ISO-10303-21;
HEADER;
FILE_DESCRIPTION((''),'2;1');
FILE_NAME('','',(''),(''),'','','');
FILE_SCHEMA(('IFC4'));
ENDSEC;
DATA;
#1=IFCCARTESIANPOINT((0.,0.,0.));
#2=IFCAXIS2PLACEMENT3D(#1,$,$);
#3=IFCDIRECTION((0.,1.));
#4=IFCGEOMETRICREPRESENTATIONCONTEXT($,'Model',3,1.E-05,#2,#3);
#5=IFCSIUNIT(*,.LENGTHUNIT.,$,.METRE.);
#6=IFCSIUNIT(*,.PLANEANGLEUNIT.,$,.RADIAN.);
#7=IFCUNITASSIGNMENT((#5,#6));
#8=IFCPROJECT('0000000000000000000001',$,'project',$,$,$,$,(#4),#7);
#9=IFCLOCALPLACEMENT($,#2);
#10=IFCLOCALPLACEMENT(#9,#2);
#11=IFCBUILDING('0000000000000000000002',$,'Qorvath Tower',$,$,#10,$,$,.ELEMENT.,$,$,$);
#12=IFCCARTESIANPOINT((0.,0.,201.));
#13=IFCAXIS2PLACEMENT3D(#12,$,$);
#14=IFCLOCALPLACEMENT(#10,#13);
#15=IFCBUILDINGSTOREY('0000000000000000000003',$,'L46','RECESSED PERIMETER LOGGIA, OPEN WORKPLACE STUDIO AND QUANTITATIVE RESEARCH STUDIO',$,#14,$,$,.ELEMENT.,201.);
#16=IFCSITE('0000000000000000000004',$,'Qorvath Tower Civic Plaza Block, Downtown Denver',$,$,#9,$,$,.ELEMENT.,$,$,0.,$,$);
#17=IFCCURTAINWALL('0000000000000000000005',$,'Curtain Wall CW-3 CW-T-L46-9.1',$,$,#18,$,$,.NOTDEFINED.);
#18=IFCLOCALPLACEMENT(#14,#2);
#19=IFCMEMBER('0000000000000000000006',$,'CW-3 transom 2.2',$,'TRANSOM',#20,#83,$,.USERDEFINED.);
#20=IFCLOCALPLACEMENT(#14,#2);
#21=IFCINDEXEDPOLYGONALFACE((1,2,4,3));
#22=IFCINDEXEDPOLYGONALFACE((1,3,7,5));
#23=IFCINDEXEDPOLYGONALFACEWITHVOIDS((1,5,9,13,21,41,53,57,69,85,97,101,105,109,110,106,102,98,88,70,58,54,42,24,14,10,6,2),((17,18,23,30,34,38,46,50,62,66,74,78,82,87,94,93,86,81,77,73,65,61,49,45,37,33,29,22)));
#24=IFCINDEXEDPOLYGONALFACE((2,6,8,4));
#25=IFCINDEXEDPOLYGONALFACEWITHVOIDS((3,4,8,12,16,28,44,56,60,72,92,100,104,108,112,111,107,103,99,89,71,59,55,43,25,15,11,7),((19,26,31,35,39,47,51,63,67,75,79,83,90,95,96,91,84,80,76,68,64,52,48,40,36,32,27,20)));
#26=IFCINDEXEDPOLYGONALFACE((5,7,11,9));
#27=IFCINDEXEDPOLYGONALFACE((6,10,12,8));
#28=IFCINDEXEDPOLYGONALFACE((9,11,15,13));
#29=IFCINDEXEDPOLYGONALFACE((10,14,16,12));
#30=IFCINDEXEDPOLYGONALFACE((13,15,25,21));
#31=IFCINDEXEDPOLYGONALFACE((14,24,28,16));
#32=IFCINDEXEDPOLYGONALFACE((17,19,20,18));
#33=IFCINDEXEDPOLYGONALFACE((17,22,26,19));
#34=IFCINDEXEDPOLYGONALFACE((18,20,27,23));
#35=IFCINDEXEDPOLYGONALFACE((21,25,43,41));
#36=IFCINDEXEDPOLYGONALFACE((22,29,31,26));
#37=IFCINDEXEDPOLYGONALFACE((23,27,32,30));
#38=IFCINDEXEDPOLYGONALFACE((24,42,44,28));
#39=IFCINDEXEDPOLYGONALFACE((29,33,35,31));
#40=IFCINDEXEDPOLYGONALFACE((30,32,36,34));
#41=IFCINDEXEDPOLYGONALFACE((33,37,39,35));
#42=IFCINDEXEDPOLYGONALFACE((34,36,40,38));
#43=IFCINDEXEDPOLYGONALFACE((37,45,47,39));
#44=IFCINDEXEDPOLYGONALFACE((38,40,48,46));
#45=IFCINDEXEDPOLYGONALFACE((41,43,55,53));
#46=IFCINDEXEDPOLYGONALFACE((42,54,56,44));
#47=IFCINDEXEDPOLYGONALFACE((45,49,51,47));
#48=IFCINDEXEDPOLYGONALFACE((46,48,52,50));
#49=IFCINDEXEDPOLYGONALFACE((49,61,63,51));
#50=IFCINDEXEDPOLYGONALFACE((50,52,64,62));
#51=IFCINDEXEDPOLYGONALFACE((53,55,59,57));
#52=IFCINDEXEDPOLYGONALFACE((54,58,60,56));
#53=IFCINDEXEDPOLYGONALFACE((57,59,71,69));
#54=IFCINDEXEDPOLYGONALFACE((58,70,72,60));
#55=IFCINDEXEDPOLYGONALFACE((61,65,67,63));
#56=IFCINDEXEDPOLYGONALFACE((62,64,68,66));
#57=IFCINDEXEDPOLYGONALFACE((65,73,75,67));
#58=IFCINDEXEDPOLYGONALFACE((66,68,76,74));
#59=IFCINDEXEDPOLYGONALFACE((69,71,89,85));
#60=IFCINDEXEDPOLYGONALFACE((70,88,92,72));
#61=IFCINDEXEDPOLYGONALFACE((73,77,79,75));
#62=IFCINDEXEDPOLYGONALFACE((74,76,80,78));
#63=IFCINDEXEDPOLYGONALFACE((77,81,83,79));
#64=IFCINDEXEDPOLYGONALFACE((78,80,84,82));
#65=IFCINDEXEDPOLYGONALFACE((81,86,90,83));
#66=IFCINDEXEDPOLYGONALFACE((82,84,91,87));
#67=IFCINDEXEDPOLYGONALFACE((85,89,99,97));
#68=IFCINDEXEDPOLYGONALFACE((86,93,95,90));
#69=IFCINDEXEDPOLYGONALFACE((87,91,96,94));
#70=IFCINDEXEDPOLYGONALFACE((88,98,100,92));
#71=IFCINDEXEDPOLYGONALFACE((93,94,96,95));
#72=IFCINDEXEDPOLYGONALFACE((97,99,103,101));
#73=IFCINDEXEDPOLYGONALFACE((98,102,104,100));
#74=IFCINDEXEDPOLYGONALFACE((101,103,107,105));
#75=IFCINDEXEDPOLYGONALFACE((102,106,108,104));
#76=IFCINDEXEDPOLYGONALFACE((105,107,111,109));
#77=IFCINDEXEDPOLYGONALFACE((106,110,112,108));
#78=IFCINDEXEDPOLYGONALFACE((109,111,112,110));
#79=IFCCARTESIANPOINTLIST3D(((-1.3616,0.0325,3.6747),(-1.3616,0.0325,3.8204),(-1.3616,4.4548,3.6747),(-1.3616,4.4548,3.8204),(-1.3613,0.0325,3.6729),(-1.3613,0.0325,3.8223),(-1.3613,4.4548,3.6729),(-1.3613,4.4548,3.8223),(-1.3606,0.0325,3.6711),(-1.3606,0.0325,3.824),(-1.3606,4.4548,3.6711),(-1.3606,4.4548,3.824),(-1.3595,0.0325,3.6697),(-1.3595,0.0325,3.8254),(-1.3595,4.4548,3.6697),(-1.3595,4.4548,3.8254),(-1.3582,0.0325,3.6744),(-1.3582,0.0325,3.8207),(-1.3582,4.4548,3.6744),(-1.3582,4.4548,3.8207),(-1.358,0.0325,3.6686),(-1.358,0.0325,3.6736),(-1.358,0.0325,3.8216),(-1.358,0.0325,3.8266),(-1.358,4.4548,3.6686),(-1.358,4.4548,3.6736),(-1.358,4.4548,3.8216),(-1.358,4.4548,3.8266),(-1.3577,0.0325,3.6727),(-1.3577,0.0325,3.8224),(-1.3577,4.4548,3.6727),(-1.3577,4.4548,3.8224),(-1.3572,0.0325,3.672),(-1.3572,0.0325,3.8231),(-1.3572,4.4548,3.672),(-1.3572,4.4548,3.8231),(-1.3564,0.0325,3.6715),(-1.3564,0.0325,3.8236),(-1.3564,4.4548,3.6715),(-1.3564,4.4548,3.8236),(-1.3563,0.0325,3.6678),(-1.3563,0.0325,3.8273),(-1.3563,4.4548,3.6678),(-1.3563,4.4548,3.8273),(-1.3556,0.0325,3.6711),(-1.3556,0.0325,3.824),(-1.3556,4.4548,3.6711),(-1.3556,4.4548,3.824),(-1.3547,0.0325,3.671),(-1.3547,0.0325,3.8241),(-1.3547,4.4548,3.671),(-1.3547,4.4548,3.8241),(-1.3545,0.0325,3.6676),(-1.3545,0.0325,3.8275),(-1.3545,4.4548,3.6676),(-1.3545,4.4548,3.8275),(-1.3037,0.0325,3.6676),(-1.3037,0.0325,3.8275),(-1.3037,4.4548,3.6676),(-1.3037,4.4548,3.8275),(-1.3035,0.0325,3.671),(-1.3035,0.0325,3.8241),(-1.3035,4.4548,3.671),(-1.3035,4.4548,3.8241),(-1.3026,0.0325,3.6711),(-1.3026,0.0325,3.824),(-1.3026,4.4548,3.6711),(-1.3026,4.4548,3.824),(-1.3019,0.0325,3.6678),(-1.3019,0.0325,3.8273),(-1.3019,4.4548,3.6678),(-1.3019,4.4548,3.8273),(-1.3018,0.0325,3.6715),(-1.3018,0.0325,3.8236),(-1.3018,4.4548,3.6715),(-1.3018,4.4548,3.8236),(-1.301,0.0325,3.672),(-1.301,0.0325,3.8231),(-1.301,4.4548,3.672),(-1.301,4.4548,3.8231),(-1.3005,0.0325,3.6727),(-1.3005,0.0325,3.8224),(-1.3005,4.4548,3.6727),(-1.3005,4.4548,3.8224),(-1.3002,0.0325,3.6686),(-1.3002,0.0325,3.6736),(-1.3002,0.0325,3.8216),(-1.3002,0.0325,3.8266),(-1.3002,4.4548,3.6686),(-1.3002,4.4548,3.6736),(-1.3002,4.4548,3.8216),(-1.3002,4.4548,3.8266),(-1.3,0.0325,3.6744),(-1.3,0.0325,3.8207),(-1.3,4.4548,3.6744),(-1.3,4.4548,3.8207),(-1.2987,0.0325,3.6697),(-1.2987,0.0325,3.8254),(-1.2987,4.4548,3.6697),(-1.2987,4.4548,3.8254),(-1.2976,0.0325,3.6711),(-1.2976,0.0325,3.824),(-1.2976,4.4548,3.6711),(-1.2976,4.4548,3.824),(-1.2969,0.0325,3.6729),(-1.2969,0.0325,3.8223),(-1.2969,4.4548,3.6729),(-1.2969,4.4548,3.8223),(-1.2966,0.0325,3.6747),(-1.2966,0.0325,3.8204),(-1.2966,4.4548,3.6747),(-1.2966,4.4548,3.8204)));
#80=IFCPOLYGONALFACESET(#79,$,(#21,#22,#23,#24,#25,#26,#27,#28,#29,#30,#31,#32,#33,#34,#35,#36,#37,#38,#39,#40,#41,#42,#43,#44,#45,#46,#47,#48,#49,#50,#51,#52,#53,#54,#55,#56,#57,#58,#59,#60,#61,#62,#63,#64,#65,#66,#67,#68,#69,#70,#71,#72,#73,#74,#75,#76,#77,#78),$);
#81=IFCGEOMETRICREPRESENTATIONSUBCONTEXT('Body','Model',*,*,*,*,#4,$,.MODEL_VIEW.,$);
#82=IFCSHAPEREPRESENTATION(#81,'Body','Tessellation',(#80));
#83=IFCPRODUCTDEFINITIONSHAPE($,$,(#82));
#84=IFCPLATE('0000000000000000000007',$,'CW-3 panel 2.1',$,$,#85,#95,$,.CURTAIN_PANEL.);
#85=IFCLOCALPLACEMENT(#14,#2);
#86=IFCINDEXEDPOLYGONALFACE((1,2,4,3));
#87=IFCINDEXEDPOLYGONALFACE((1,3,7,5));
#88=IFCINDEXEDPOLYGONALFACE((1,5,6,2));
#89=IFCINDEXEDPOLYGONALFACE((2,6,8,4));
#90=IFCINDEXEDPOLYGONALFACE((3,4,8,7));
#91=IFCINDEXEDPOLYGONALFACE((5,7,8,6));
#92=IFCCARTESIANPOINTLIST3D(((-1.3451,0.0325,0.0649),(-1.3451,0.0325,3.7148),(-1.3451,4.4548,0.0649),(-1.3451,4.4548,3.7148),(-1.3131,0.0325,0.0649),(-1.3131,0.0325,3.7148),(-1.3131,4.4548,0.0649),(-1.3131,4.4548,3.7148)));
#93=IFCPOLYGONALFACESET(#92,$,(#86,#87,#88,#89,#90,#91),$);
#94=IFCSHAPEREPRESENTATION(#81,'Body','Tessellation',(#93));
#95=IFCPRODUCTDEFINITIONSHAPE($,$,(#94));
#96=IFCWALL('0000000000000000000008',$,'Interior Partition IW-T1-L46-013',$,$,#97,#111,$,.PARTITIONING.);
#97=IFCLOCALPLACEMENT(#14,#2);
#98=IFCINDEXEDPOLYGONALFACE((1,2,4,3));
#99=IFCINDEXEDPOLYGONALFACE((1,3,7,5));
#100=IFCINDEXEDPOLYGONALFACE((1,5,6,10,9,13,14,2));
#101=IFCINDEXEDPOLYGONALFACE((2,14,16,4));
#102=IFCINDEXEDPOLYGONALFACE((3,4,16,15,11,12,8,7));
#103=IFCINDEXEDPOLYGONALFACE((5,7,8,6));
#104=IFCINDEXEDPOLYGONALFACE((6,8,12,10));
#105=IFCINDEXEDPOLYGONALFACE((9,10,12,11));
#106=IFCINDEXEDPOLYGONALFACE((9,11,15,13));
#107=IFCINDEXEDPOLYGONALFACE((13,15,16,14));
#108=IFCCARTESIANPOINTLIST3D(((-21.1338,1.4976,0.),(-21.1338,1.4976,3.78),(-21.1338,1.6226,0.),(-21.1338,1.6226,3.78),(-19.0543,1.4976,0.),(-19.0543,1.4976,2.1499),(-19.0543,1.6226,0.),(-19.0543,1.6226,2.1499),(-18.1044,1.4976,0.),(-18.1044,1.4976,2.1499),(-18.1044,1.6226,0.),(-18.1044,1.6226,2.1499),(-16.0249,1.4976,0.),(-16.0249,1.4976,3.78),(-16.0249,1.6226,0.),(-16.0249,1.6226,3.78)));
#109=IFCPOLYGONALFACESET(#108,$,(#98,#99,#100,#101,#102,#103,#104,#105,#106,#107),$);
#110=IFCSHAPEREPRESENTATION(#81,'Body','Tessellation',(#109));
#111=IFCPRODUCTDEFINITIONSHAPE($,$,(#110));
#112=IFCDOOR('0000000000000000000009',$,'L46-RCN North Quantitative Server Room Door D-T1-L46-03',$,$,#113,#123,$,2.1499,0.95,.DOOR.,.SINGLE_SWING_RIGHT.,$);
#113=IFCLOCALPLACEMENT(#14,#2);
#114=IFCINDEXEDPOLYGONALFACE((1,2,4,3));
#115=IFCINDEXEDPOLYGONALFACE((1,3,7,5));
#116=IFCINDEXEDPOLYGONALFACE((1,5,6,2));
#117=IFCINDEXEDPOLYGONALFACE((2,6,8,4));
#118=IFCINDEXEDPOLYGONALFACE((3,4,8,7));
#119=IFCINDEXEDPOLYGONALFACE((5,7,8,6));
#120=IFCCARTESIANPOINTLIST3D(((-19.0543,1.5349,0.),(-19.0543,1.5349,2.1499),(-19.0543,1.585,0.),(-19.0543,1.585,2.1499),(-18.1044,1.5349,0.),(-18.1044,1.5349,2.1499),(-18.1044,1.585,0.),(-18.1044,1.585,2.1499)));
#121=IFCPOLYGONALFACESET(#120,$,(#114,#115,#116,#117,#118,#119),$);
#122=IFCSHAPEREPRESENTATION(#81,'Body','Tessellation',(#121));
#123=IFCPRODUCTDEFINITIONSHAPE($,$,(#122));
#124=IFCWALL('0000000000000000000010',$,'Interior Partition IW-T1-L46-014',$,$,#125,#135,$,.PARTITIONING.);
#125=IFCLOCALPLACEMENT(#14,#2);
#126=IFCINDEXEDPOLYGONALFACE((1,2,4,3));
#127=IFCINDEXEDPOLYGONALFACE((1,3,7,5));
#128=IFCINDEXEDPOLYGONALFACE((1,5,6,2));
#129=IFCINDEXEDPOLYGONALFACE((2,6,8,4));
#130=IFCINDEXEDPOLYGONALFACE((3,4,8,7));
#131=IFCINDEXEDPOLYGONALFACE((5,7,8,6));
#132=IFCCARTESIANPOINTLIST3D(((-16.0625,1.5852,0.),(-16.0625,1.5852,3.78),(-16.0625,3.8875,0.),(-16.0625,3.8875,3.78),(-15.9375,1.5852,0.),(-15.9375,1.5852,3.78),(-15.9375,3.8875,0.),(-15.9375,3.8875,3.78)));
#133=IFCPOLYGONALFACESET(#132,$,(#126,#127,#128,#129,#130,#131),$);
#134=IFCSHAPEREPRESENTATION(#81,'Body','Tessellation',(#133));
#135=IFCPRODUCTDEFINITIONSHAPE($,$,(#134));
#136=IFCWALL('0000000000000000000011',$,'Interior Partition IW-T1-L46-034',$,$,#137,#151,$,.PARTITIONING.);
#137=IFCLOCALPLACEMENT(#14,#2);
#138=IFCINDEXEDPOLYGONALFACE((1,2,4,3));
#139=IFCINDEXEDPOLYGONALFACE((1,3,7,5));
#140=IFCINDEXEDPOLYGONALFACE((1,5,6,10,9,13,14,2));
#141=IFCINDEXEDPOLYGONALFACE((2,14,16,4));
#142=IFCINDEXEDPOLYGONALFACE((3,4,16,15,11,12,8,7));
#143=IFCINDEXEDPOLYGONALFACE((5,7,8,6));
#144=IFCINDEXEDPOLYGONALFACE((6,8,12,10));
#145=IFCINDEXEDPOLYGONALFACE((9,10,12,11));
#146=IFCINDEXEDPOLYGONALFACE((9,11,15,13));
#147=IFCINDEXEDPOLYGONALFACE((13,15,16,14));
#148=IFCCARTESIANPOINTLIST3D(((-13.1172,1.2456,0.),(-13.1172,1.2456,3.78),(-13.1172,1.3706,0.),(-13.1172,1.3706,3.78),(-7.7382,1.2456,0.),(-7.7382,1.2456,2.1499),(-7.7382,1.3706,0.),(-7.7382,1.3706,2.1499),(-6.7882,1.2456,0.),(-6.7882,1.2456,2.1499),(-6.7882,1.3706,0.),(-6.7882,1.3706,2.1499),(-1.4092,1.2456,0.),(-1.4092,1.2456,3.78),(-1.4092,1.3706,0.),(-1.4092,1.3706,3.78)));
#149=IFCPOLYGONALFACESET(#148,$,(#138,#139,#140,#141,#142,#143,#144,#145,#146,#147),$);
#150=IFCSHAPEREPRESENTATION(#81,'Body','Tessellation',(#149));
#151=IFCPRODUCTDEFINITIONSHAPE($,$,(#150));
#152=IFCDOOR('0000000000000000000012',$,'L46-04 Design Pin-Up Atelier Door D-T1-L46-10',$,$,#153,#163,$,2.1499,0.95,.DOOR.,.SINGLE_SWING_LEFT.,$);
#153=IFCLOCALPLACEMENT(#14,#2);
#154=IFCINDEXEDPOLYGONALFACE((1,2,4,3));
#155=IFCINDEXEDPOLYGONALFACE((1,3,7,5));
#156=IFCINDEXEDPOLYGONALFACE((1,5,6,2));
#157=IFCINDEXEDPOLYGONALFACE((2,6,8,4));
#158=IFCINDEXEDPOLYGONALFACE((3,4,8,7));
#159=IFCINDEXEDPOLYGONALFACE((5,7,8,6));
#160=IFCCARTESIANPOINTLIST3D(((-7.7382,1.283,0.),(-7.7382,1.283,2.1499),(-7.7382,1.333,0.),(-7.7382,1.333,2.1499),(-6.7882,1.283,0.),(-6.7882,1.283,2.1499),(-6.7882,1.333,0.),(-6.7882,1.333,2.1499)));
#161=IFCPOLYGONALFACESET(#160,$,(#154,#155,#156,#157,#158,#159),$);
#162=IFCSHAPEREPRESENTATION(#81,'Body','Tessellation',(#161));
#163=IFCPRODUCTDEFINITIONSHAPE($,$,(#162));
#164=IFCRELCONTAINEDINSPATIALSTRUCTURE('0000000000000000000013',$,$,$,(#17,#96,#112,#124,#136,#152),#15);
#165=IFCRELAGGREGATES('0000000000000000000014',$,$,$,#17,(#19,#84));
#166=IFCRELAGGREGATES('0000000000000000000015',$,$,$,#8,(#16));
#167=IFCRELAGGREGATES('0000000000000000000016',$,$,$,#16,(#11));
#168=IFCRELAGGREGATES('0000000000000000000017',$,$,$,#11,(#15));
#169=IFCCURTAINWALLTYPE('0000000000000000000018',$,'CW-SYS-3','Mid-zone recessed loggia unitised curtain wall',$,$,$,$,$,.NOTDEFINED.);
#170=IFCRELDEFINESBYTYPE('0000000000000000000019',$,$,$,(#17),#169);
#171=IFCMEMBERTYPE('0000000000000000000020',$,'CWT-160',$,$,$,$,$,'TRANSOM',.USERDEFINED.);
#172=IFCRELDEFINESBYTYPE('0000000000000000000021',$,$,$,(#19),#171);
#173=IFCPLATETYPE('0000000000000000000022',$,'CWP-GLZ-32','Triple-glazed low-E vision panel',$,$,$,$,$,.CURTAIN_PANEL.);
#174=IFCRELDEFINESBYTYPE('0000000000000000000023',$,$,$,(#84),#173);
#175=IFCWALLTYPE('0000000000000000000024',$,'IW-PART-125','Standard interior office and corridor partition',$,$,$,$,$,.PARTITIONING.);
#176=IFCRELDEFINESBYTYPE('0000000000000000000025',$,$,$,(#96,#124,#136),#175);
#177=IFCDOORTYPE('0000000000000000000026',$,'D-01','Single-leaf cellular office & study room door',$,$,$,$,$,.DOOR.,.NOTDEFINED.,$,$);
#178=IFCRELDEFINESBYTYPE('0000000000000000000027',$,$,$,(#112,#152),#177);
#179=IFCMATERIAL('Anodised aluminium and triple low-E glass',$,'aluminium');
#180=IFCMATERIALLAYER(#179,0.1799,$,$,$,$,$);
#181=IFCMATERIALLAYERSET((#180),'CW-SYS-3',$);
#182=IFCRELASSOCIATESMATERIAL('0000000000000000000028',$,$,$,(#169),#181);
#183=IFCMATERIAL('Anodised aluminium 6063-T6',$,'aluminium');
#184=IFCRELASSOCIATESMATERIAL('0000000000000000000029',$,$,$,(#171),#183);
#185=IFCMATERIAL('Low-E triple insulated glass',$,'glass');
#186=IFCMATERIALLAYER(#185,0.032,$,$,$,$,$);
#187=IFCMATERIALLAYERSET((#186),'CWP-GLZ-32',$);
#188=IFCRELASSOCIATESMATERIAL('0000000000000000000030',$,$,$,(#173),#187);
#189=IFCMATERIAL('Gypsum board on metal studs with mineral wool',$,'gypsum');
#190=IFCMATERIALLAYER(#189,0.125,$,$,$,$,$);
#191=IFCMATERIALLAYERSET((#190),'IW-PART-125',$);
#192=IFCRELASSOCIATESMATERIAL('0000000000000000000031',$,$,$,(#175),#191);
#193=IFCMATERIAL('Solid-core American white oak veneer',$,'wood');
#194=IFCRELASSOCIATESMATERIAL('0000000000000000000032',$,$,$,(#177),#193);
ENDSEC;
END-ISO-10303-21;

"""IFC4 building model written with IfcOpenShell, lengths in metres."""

from ifc_helpers import new_model, si_unit, direction, frame, frame_2d, origin, origin_2d, place, context, subcontext, project, spatial, rectangle, hollow_rectangle, extrude, material, layer, layer_set, material_profile, profile_set, type_object, element, fill, aggregate, save


model = new_model("IFC4")

# Units and contexts
model_context = context("Model", 3, precision=1e-05, world=origin(), true_north=direction((0.0, 1.0)))
body_context = subcontext(model_context, "Body", "Model", "MODEL_VIEW")
ifc_project = project(units=[si_unit("LENGTHUNIT", "METRE"), si_unit("PLANEANGLEUNIT", "RADIAN")], contexts=[model_context])

# Site, building, storey
site_placement = place(None, origin())
site = spatial("IfcSite", under=ifc_project, at=site_placement, Name="Qorvath Tower Civic Plaza Block, Downtown Denver", CompositionType="ELEMENT", RefElevation=0.0)
building_placement = place(site_placement, origin())
building = spatial("IfcBuilding", under=site, at=building_placement, Name="Qorvath Tower", CompositionType="ELEMENT")
storey_placement = place(building_placement, frame((0.0, 0.0, 201.0)))
storey = spatial("IfcBuildingStorey", under=building, at=storey_placement, Name="L46", Description="RECESSED PERIMETER LOGGIA, OPEN WORKPLACE STUDIO AND QUANTITATIVE RESEARCH STUDIO", CompositionType="ELEMENT", Elevation=201.0)

# Curtain wall, member, plate
ifc_material_1 = material(Name="Anodised aluminium and triple low-E glass", Category="aluminium")
ifc_layer_1 = layer(ifc_material_1, 0.1799)
ifc_layer_set_1 = layer_set([ifc_layer_1], Name="CW-SYS-3")
curtain_wall_type = type_object("IfcCurtainWallType", Name="CW-SYS-3", Description="Mid-zone recessed loggia unitised curtain wall", PredefinedType="NOTDEFINED", material=ifc_layer_set_1)
curtain_wall_placement = place(storey_placement, origin())
curtain_wall = element("IfcCurtainWall", 1, at=curtain_wall_placement, inside=storey, type_object=curtain_wall_type, Name="Curtain Wall CW-3 CW-T-L46-9.1", PredefinedType="NOTDEFINED")
ifc_material_2 = material(Name="Anodised aluminium 6063-T6", Category="aluminium")
ifc_material_profile_1 = material_profile(ifc_material_2, hollow_rectangle(XDim=0.0649, YDim=0.1599, WallThickness=0.0034, InnerFilletRadius=0.0034, OuterFilletRadius=0.0071, at=origin_2d()), Name="CWT 160x65")
ifc_profile_set_1 = profile_set([ifc_material_profile_1], Name="Anodised aluminium 6063-T6")
member_type_1 = type_object("IfcMemberType", Name="CWT-160", ElementType="TRANSOM", PredefinedType="USERDEFINED", material=ifc_profile_set_1)
member_1_placement = place(storey_placement, frame((-1.3291, 0.0325, 3.7476), z_axis=(0.0, 1.0, 0.0), x_axis=(-1.0, 0.0, 0.0)))
member_1 = element("IfcMember", 2, at=member_1_placement, type_object=member_type_1, Name="CW-3 transom 2.2", ObjectType="TRANSOM", PredefinedType="USERDEFINED", context=body_context, shape_type="SweptSolid", body=[
    extrude(hollow_rectangle(XDim=0.0649, YDim=0.1599, WallThickness=0.0034, InnerFilletRadius=0.0034, OuterFilletRadius=0.0071, at=origin_2d()), origin(), (0.0, 0.0, 1.0), 4.4224),
])
ifc_material_3 = material(Name="Low-E triple insulated glass", Category="glass")
ifc_layer_2 = layer(ifc_material_3, 0.032)
ifc_layer_set_2 = layer_set([ifc_layer_2], Name="CWP-GLZ-32")
plate_type = type_object("IfcPlateType", Name="CWP-GLZ-32", Description="Triple-glazed low-E vision panel", PredefinedType="CURTAIN_PANEL", material=ifc_layer_set_2)
plate_placement = place(storey_placement, frame((-1.3291, 2.2437, 0.0649), z_axis=(0.0, 0.0, 1.0), x_axis=(0.0, 1.0, 0.0)))
plate = element("IfcPlate", 3, at=plate_placement, type_object=plate_type, Name="CW-3 panel 2.1", PredefinedType="CURTAIN_PANEL", context=body_context, shape_type="SweptSolid", body=[
    extrude(rectangle(XDim=4.4224, YDim=0.032, at=origin_2d()), origin(), (0.0, 0.0, 1.0), 3.6499),
])
aggregate(curtain_wall, [member_1, plate])

# Wall, opening, door
ifc_material_4 = material(Name="Gypsum board on metal studs with mineral wool", Category="gypsum")
ifc_layer_3 = layer(ifc_material_4, 0.125)
ifc_layer_set_3 = layer_set([ifc_layer_3], Name="IW-PART-125")
wall_type_1 = type_object("IfcWallType", Name="IW-PART-125", Description="Standard interior office and corridor partition", PredefinedType="PARTITIONING", material=ifc_layer_set_3)
wall_1_placement = place(storey_placement, frame((-21.1338, 1.5601, 0.0), z_axis=(0.0, 0.0, 1.0), x_axis=(1.0, 0.0, 0.0)))
wall_1 = element("IfcWall", 4, at=wall_1_placement, inside=storey, type_object=wall_type_1, Name="Interior Partition IW-T1-L46-013", PredefinedType="PARTITIONING", context=body_context, shape_type="SweptSolid", body=[
    extrude(rectangle(XDim=5.1089, YDim=0.125, at=frame_2d((2.5544, 0.0))), origin(), (0.0, 0.0, 1.0), 3.78),
])
opening_1_placement = place(wall_1_placement, frame((2.0793, 0.0, 0.0)))
opening_1 = element("IfcOpeningElement", 5, at=opening_1_placement, cuts=wall_1, PredefinedType="OPENING", context=body_context, shape_type="SweptSolid", body=[
    extrude(rectangle(XDim=0.95, YDim=2.1499, at=frame_2d((0.4751, 1.075))), frame((0.0, 0.0725, 0.0), z_axis=(0.0, -1.0, 0.0), x_axis=(1.0, 0.0, 0.0)), (0.0, 0.0, 1.0), 0.145),
])
ifc_material_5 = material(Name="Solid-core American white oak veneer", Category="wood")
door_type_1 = type_object("IfcDoorType", Name="D-01", Description="Single-leaf cellular office & study room door", OperationType="NOTDEFINED", PredefinedType="DOOR", material=ifc_material_5)
door_1_placement = place(opening_1_placement, origin())
door_1 = element("IfcDoor", 6, at=door_1_placement, inside=storey, type_object=door_type_1, Name="L46-RCN North Quantitative Server Room Door D-T1-L46-03", OperationType="SINGLE_SWING_RIGHT", OverallHeight=2.1499, OverallWidth=0.95, PredefinedType="DOOR", context=body_context, shape_type="SweptSolid", body=[
    extrude(rectangle(XDim=0.95, YDim=2.1499, at=frame_2d((0.4751, 1.075))), frame((0.0, 0.0249, 0.0), z_axis=(0.0, -1.0, 0.0), x_axis=(1.0, 0.0, 0.0)), (0.0, 0.0, 1.0), 0.05),
])
fill(opening_1, door_1)

# Wall
wall_2_placement = place(storey_placement, frame((-16.0, 1.5852, 0.0), z_axis=(0.0, 0.0, 1.0), x_axis=(0.0, 1.0, 0.0)))
element("IfcWall", 7, at=wall_2_placement, inside=storey, type_object=wall_type_1, Name="Interior Partition IW-T1-L46-014", PredefinedType="PARTITIONING", context=body_context, shape_type="SweptSolid", body=[
    extrude(rectangle(XDim=2.3022, YDim=0.125, at=frame_2d((1.1511, 0.0))), origin(), (0.0, 0.0, 1.0), 3.78),
])

# Wall, opening, door
wall_3_placement = place(storey_placement, frame((-13.1172, 1.3081, 0.0), z_axis=(0.0, 0.0, 1.0), x_axis=(1.0, 0.0, 0.0)))
wall_3 = element("IfcWall", 8, at=wall_3_placement, inside=storey, type_object=wall_type_1, Name="Interior Partition IW-T1-L46-034", PredefinedType="PARTITIONING", context=body_context, shape_type="SweptSolid", body=[
    extrude(rectangle(XDim=11.708, YDim=0.125, at=frame_2d((5.854, 0.0))), origin(), (0.0, 0.0, 1.0), 3.78),
])
opening_2_placement = place(wall_3_placement, frame((5.3789, 0.0, 0.0)))
opening_2 = element("IfcOpeningElement", 9, at=opening_2_placement, cuts=wall_3, PredefinedType="OPENING", context=body_context, shape_type="SweptSolid", body=[
    extrude(rectangle(XDim=0.95, YDim=2.1499, at=frame_2d((0.4751, 1.075))), frame((0.0, 0.0725, 0.0), z_axis=(0.0, -1.0, 0.0), x_axis=(1.0, 0.0, 0.0)), (0.0, 0.0, 1.0), 0.145),
])
door_2_placement = place(opening_2_placement, origin())
door_2 = element("IfcDoor", 10, at=door_2_placement, inside=storey, type_object=door_type_1, Name="L46-04 Design Pin-Up Atelier Door D-T1-L46-10", OperationType="SINGLE_SWING_LEFT", OverallHeight=2.1499, OverallWidth=0.95, PredefinedType="DOOR", context=body_context, shape_type="SweptSolid", body=[
    extrude(rectangle(XDim=0.95, YDim=2.1499, at=frame_2d((0.4751, 1.075))), frame((0.0, 0.0249, 0.0), z_axis=(0.0, -1.0, 0.0), x_axis=(1.0, 0.0, 0.0)), (0.0, 0.0, 1.0), 0.05),
])
fill(opening_2, door_2)

save(model, "model.ifc")
